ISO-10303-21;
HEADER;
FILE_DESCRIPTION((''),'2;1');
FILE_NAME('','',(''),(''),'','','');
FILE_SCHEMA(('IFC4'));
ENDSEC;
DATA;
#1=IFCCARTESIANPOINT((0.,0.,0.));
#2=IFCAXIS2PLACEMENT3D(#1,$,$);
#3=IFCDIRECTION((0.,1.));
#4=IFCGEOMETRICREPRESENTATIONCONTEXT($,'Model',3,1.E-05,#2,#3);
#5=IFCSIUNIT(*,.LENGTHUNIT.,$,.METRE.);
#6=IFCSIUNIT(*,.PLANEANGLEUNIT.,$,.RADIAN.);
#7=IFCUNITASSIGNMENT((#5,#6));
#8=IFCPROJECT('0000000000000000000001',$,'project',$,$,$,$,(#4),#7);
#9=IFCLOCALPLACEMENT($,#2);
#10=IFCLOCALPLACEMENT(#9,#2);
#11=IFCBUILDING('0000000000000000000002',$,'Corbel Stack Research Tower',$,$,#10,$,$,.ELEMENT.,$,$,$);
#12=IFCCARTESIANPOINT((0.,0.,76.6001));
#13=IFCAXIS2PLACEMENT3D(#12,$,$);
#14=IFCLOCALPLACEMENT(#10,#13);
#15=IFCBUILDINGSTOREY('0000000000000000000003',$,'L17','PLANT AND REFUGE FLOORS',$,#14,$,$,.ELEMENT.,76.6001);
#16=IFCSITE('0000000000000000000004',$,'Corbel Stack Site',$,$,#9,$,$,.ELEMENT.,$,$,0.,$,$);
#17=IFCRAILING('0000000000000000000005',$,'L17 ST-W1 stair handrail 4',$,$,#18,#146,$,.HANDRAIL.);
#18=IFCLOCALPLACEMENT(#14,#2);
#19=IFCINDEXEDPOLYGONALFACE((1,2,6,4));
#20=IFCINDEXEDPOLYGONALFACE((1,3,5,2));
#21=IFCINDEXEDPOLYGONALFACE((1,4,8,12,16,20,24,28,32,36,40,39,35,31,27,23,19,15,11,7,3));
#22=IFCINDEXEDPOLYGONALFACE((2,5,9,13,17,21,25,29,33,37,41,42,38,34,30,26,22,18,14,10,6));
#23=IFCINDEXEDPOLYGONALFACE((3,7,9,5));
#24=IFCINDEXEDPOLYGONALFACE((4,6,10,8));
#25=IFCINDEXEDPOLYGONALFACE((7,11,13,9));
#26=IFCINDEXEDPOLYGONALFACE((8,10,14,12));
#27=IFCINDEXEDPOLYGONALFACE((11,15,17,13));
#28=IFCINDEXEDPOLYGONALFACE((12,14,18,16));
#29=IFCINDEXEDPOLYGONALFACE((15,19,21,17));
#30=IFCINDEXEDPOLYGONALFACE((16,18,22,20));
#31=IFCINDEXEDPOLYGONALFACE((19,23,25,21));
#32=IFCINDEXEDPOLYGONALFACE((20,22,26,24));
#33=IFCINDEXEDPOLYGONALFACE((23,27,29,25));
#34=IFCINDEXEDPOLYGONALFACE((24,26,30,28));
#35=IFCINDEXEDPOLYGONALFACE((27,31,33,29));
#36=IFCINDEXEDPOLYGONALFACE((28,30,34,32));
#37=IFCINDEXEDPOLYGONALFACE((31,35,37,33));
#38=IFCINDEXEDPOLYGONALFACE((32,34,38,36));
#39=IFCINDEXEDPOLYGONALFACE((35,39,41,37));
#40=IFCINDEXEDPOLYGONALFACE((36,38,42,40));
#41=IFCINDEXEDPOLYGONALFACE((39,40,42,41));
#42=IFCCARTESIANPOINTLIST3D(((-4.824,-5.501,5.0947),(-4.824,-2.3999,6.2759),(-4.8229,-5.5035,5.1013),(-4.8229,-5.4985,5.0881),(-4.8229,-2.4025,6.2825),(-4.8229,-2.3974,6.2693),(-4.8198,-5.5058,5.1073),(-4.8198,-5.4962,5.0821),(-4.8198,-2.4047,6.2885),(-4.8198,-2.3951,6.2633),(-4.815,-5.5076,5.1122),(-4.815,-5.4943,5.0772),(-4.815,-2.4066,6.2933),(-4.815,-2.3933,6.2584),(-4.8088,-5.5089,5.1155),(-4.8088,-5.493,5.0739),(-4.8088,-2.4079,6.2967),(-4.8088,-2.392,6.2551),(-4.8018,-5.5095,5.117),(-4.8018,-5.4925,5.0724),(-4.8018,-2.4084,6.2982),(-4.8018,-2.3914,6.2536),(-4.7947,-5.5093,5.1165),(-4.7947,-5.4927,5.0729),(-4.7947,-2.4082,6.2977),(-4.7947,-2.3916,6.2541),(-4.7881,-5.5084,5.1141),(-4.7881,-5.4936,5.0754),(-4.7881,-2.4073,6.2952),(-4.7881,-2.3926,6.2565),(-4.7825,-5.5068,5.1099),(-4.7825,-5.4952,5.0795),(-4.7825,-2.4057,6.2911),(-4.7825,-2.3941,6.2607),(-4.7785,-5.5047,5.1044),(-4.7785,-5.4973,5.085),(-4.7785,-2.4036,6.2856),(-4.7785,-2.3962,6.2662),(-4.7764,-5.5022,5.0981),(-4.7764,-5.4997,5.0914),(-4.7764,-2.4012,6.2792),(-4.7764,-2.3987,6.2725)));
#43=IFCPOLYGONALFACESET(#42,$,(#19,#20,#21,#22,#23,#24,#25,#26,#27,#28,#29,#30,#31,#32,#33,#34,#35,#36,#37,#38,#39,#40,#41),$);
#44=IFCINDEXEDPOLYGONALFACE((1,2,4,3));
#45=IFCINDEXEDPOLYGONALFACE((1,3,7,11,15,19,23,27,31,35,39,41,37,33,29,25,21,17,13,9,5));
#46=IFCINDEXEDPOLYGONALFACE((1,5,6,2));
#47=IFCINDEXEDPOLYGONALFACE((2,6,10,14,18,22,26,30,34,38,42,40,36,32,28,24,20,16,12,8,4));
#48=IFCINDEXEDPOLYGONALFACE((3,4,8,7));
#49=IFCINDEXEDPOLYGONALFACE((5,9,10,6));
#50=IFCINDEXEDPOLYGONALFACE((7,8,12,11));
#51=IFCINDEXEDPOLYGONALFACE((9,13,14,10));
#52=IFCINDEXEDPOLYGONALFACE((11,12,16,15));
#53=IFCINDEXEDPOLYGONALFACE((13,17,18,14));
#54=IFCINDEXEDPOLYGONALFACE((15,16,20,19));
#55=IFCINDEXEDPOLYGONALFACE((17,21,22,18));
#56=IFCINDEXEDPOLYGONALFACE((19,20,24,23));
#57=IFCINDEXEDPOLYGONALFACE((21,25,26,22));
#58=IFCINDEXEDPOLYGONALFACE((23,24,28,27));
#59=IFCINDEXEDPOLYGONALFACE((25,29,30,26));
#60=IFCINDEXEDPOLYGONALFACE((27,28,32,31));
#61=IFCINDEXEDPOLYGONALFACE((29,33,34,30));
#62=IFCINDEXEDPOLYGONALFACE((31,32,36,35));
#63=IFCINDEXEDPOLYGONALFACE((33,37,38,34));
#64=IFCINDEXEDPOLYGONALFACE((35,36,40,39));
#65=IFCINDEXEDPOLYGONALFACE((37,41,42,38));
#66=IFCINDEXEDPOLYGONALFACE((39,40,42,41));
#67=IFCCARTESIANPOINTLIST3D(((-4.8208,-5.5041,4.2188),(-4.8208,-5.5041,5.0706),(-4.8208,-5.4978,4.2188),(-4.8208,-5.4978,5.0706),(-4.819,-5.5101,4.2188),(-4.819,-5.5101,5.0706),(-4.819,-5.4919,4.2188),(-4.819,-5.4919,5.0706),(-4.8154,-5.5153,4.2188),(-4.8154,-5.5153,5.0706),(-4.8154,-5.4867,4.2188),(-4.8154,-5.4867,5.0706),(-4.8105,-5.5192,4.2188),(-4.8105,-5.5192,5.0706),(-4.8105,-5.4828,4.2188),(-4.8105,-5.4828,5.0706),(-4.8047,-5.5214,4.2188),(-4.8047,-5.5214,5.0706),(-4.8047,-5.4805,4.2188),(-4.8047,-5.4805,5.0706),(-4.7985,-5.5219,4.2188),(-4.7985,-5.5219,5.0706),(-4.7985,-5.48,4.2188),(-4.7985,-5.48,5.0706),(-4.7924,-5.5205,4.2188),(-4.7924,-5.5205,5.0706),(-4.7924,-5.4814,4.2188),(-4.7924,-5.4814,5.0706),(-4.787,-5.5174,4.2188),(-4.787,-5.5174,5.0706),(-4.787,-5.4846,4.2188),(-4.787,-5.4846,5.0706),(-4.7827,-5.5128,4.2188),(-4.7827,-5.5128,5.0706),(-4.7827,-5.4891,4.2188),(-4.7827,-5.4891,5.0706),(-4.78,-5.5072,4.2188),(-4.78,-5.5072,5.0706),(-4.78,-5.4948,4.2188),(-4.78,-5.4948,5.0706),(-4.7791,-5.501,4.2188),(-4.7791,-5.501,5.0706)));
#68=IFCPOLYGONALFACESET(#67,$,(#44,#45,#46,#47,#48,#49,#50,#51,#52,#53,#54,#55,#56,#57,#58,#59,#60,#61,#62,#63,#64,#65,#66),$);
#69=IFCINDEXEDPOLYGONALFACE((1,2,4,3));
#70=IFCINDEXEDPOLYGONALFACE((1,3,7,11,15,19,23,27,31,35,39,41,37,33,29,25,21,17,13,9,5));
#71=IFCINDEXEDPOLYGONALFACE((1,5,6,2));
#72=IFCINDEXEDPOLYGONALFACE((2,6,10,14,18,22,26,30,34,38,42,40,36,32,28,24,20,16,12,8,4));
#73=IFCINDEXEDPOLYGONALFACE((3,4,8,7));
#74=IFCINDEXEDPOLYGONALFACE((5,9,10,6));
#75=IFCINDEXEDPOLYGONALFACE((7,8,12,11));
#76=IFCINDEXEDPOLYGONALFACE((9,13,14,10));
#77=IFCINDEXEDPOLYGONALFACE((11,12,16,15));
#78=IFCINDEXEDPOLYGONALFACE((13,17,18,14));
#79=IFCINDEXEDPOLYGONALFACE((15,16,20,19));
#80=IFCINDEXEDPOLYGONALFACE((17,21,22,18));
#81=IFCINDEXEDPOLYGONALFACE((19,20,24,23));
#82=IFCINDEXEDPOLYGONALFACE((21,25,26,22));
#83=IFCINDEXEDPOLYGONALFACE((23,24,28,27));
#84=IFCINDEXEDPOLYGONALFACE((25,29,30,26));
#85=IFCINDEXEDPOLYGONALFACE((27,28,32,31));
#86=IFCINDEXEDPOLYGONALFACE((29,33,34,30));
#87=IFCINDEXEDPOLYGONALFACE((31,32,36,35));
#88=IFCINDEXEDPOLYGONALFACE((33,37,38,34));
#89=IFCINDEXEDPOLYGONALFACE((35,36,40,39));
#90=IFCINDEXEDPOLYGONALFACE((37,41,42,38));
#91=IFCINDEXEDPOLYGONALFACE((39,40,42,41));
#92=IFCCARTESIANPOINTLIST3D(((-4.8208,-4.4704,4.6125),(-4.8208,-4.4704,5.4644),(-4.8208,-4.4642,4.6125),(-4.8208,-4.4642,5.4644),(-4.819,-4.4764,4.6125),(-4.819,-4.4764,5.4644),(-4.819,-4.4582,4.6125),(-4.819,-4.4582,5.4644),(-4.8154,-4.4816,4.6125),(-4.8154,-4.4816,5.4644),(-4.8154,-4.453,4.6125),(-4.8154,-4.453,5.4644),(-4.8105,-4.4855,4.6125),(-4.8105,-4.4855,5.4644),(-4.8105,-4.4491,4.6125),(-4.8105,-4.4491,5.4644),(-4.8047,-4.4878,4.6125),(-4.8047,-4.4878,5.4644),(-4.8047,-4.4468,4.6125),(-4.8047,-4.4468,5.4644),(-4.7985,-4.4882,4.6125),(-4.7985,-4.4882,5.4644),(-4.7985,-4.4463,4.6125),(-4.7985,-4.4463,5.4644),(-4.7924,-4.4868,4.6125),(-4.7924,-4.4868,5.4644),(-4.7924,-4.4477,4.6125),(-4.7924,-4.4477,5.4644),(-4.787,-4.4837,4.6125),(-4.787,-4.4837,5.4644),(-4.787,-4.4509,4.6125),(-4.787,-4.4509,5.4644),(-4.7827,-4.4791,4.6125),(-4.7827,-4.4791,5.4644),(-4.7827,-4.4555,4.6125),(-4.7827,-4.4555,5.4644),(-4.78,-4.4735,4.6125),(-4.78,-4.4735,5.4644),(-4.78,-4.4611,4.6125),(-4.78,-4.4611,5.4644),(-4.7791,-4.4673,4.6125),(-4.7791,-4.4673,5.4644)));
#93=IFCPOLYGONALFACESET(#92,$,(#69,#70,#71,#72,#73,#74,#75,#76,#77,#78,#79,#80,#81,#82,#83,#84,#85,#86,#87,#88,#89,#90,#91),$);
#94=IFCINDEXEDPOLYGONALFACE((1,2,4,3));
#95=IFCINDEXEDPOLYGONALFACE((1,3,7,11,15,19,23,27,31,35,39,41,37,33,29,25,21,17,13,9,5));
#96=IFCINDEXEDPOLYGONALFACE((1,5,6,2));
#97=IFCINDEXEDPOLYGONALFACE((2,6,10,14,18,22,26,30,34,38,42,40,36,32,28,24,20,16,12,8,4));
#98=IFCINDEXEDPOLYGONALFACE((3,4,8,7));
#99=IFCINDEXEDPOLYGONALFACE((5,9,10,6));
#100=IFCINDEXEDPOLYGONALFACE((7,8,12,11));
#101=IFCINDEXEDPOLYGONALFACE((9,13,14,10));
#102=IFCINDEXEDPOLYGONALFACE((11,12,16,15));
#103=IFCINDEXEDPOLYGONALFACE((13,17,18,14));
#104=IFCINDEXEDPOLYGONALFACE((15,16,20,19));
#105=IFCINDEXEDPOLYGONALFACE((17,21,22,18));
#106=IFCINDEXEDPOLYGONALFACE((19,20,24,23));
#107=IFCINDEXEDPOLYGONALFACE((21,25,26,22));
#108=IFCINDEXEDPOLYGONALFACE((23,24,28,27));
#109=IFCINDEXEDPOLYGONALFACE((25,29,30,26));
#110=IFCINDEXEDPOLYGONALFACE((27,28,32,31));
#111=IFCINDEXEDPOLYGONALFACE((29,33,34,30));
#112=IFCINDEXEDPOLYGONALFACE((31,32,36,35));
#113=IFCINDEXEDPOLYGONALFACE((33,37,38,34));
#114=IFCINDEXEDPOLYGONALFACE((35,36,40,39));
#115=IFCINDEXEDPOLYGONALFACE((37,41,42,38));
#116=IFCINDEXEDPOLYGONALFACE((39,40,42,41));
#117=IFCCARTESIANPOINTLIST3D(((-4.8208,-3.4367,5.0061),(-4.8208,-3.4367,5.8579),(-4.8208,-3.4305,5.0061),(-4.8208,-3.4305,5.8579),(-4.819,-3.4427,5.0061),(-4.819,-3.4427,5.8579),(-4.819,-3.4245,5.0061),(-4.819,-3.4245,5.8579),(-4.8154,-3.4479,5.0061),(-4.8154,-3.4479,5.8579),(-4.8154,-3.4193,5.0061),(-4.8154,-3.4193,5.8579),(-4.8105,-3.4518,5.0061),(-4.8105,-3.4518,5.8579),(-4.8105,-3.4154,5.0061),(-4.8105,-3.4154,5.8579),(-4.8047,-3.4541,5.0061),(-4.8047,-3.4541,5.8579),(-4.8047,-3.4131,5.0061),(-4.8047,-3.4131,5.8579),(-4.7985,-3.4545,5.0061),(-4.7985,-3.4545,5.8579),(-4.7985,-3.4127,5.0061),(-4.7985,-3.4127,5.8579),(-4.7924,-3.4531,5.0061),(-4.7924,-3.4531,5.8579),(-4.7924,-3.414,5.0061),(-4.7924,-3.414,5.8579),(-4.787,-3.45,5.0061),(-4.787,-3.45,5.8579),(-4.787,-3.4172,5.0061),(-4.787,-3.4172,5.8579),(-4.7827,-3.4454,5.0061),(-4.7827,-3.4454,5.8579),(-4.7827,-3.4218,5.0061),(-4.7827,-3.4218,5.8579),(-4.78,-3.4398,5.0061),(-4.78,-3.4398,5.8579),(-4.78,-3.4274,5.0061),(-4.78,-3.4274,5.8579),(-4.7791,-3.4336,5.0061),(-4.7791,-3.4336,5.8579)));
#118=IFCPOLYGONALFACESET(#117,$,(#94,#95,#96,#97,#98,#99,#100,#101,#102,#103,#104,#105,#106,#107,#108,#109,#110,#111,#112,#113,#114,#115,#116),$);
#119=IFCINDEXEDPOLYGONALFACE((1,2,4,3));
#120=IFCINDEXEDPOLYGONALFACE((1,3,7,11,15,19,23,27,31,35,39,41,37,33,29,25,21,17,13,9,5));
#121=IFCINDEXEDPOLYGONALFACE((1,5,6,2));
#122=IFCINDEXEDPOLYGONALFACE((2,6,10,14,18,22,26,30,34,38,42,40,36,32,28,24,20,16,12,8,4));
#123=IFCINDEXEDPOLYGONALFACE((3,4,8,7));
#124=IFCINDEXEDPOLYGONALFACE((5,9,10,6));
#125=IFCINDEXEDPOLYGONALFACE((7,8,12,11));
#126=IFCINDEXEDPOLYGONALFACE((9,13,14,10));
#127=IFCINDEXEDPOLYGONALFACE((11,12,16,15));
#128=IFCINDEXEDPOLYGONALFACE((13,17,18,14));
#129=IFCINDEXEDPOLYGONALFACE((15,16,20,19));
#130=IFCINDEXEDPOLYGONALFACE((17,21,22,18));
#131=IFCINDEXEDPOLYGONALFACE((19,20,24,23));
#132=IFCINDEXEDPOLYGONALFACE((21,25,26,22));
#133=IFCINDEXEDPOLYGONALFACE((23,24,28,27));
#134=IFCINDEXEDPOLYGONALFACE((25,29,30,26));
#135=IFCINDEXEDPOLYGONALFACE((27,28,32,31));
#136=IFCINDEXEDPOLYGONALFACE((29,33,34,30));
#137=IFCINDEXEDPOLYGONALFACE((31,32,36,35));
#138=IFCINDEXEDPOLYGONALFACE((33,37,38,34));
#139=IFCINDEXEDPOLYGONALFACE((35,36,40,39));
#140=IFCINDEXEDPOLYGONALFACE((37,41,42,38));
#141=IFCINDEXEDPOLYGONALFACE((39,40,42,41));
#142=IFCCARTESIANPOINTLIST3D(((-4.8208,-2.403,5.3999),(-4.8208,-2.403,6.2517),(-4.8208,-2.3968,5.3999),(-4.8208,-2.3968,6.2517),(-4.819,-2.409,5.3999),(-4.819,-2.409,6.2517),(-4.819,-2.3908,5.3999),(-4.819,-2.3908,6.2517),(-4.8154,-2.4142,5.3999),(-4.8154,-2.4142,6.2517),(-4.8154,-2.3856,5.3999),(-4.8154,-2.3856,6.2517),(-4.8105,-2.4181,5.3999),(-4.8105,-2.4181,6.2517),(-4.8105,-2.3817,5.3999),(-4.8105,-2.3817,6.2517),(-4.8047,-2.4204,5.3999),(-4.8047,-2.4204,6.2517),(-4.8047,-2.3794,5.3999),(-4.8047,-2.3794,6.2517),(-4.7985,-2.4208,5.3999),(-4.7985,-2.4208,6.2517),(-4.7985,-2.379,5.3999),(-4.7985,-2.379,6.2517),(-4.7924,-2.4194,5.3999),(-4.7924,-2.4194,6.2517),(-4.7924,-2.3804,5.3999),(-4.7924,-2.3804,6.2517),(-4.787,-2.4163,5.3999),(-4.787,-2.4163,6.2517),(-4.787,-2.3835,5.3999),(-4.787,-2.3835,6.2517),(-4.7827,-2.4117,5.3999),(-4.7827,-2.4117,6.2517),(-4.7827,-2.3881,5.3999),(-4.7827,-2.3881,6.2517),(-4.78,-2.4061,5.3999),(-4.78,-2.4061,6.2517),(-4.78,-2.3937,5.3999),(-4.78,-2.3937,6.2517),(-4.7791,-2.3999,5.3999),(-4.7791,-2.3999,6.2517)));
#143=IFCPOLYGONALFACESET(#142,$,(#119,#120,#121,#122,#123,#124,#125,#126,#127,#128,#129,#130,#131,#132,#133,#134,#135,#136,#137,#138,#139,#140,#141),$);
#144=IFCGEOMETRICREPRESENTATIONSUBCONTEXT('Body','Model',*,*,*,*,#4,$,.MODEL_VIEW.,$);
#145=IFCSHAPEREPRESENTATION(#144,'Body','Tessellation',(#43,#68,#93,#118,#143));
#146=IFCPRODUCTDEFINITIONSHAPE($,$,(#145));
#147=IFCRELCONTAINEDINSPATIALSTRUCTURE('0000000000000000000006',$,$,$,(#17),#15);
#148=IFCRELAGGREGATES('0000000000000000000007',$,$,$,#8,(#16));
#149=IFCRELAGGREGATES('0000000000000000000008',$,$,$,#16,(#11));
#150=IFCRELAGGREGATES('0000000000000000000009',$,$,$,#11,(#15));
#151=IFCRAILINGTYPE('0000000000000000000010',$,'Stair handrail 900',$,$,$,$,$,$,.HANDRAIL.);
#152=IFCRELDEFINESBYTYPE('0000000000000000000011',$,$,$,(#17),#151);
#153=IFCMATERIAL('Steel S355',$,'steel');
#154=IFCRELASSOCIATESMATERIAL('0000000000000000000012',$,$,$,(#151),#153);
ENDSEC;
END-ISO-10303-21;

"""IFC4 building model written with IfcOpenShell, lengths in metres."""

from ifc_helpers import new_model, si_unit, direction, frame, origin, origin_2d, place, context, subcontext, project, spatial, circle, extrude, material, type_object, element, save


model = new_model("IFC4")

# Units and contexts
model_context = context("Model", 3, precision=1e-05, world=origin(), true_north=direction((0.0, 1.0)))
body_context = subcontext(model_context, "Body", "Model", "MODEL_VIEW")
ifc_project = project(units=[si_unit("LENGTHUNIT", "METRE"), si_unit("PLANEANGLEUNIT", "RADIAN")], contexts=[model_context])

# Site, building, storey
site_placement = place(None, origin())
site = spatial("IfcSite", under=ifc_project, at=site_placement, Name="Corbel Stack Site", CompositionType="ELEMENT", RefElevation=0.0)
building_placement = place(site_placement, origin())
building = spatial("IfcBuilding", under=site, at=building_placement, Name="Corbel Stack Research Tower", CompositionType="ELEMENT")
storey_placement = place(building_placement, frame((0.0, 0.0, 76.6001)))
storey = spatial("IfcBuildingStorey", under=building, at=storey_placement, Name="L17", Description="PLANT AND REFUGE FLOORS", CompositionType="ELEMENT", Elevation=76.6001)

# Railing
ifc_material_1 = material(Name="Steel S355", Category="steel")
railing_type_1 = type_object("IfcRailingType", Name="Stair handrail 900", PredefinedType="HANDRAIL", material=ifc_material_1)
railing_1_placement = place(storey_placement, frame((-4.8, -5.501, 4.2188)))
element("IfcRailing", 1, at=railing_1_placement, inside=storey, type_object=railing_type_1, Name="L17 ST-W1 stair handrail 4", PredefinedType="HANDRAIL", context=body_context, shape_type="SweptSolid", body=[
    extrude(circle(Radius=0.0239, at=origin_2d()), frame((0.0, 0.0, 0.876), z_axis=(0.0, 0.934509, 0.35594), x_axis=(-1.0, 0.0, 0.0)), (0.0, 0.0, 1.0), 3.3184),
    extrude(circle(Radius=0.021, at=origin_2d()), origin(), (0.0, 0.0, 1.0), 0.8518),
    extrude(circle(Radius=0.021, at=origin_2d()), frame((0.0, 1.0337, 0.3938)), (0.0, 0.0, 1.0), 0.8518),
    extrude(circle(Radius=0.021, at=origin_2d()), frame((0.0, 2.0674, 0.7874)), (0.0, 0.0, 1.0), 0.8518),
    extrude(circle(Radius=0.021, at=origin_2d()), frame((0.0, 3.1011, 1.1812)), (0.0, 0.0, 1.0), 0.8518),
])

save(model, "model.ifc")
